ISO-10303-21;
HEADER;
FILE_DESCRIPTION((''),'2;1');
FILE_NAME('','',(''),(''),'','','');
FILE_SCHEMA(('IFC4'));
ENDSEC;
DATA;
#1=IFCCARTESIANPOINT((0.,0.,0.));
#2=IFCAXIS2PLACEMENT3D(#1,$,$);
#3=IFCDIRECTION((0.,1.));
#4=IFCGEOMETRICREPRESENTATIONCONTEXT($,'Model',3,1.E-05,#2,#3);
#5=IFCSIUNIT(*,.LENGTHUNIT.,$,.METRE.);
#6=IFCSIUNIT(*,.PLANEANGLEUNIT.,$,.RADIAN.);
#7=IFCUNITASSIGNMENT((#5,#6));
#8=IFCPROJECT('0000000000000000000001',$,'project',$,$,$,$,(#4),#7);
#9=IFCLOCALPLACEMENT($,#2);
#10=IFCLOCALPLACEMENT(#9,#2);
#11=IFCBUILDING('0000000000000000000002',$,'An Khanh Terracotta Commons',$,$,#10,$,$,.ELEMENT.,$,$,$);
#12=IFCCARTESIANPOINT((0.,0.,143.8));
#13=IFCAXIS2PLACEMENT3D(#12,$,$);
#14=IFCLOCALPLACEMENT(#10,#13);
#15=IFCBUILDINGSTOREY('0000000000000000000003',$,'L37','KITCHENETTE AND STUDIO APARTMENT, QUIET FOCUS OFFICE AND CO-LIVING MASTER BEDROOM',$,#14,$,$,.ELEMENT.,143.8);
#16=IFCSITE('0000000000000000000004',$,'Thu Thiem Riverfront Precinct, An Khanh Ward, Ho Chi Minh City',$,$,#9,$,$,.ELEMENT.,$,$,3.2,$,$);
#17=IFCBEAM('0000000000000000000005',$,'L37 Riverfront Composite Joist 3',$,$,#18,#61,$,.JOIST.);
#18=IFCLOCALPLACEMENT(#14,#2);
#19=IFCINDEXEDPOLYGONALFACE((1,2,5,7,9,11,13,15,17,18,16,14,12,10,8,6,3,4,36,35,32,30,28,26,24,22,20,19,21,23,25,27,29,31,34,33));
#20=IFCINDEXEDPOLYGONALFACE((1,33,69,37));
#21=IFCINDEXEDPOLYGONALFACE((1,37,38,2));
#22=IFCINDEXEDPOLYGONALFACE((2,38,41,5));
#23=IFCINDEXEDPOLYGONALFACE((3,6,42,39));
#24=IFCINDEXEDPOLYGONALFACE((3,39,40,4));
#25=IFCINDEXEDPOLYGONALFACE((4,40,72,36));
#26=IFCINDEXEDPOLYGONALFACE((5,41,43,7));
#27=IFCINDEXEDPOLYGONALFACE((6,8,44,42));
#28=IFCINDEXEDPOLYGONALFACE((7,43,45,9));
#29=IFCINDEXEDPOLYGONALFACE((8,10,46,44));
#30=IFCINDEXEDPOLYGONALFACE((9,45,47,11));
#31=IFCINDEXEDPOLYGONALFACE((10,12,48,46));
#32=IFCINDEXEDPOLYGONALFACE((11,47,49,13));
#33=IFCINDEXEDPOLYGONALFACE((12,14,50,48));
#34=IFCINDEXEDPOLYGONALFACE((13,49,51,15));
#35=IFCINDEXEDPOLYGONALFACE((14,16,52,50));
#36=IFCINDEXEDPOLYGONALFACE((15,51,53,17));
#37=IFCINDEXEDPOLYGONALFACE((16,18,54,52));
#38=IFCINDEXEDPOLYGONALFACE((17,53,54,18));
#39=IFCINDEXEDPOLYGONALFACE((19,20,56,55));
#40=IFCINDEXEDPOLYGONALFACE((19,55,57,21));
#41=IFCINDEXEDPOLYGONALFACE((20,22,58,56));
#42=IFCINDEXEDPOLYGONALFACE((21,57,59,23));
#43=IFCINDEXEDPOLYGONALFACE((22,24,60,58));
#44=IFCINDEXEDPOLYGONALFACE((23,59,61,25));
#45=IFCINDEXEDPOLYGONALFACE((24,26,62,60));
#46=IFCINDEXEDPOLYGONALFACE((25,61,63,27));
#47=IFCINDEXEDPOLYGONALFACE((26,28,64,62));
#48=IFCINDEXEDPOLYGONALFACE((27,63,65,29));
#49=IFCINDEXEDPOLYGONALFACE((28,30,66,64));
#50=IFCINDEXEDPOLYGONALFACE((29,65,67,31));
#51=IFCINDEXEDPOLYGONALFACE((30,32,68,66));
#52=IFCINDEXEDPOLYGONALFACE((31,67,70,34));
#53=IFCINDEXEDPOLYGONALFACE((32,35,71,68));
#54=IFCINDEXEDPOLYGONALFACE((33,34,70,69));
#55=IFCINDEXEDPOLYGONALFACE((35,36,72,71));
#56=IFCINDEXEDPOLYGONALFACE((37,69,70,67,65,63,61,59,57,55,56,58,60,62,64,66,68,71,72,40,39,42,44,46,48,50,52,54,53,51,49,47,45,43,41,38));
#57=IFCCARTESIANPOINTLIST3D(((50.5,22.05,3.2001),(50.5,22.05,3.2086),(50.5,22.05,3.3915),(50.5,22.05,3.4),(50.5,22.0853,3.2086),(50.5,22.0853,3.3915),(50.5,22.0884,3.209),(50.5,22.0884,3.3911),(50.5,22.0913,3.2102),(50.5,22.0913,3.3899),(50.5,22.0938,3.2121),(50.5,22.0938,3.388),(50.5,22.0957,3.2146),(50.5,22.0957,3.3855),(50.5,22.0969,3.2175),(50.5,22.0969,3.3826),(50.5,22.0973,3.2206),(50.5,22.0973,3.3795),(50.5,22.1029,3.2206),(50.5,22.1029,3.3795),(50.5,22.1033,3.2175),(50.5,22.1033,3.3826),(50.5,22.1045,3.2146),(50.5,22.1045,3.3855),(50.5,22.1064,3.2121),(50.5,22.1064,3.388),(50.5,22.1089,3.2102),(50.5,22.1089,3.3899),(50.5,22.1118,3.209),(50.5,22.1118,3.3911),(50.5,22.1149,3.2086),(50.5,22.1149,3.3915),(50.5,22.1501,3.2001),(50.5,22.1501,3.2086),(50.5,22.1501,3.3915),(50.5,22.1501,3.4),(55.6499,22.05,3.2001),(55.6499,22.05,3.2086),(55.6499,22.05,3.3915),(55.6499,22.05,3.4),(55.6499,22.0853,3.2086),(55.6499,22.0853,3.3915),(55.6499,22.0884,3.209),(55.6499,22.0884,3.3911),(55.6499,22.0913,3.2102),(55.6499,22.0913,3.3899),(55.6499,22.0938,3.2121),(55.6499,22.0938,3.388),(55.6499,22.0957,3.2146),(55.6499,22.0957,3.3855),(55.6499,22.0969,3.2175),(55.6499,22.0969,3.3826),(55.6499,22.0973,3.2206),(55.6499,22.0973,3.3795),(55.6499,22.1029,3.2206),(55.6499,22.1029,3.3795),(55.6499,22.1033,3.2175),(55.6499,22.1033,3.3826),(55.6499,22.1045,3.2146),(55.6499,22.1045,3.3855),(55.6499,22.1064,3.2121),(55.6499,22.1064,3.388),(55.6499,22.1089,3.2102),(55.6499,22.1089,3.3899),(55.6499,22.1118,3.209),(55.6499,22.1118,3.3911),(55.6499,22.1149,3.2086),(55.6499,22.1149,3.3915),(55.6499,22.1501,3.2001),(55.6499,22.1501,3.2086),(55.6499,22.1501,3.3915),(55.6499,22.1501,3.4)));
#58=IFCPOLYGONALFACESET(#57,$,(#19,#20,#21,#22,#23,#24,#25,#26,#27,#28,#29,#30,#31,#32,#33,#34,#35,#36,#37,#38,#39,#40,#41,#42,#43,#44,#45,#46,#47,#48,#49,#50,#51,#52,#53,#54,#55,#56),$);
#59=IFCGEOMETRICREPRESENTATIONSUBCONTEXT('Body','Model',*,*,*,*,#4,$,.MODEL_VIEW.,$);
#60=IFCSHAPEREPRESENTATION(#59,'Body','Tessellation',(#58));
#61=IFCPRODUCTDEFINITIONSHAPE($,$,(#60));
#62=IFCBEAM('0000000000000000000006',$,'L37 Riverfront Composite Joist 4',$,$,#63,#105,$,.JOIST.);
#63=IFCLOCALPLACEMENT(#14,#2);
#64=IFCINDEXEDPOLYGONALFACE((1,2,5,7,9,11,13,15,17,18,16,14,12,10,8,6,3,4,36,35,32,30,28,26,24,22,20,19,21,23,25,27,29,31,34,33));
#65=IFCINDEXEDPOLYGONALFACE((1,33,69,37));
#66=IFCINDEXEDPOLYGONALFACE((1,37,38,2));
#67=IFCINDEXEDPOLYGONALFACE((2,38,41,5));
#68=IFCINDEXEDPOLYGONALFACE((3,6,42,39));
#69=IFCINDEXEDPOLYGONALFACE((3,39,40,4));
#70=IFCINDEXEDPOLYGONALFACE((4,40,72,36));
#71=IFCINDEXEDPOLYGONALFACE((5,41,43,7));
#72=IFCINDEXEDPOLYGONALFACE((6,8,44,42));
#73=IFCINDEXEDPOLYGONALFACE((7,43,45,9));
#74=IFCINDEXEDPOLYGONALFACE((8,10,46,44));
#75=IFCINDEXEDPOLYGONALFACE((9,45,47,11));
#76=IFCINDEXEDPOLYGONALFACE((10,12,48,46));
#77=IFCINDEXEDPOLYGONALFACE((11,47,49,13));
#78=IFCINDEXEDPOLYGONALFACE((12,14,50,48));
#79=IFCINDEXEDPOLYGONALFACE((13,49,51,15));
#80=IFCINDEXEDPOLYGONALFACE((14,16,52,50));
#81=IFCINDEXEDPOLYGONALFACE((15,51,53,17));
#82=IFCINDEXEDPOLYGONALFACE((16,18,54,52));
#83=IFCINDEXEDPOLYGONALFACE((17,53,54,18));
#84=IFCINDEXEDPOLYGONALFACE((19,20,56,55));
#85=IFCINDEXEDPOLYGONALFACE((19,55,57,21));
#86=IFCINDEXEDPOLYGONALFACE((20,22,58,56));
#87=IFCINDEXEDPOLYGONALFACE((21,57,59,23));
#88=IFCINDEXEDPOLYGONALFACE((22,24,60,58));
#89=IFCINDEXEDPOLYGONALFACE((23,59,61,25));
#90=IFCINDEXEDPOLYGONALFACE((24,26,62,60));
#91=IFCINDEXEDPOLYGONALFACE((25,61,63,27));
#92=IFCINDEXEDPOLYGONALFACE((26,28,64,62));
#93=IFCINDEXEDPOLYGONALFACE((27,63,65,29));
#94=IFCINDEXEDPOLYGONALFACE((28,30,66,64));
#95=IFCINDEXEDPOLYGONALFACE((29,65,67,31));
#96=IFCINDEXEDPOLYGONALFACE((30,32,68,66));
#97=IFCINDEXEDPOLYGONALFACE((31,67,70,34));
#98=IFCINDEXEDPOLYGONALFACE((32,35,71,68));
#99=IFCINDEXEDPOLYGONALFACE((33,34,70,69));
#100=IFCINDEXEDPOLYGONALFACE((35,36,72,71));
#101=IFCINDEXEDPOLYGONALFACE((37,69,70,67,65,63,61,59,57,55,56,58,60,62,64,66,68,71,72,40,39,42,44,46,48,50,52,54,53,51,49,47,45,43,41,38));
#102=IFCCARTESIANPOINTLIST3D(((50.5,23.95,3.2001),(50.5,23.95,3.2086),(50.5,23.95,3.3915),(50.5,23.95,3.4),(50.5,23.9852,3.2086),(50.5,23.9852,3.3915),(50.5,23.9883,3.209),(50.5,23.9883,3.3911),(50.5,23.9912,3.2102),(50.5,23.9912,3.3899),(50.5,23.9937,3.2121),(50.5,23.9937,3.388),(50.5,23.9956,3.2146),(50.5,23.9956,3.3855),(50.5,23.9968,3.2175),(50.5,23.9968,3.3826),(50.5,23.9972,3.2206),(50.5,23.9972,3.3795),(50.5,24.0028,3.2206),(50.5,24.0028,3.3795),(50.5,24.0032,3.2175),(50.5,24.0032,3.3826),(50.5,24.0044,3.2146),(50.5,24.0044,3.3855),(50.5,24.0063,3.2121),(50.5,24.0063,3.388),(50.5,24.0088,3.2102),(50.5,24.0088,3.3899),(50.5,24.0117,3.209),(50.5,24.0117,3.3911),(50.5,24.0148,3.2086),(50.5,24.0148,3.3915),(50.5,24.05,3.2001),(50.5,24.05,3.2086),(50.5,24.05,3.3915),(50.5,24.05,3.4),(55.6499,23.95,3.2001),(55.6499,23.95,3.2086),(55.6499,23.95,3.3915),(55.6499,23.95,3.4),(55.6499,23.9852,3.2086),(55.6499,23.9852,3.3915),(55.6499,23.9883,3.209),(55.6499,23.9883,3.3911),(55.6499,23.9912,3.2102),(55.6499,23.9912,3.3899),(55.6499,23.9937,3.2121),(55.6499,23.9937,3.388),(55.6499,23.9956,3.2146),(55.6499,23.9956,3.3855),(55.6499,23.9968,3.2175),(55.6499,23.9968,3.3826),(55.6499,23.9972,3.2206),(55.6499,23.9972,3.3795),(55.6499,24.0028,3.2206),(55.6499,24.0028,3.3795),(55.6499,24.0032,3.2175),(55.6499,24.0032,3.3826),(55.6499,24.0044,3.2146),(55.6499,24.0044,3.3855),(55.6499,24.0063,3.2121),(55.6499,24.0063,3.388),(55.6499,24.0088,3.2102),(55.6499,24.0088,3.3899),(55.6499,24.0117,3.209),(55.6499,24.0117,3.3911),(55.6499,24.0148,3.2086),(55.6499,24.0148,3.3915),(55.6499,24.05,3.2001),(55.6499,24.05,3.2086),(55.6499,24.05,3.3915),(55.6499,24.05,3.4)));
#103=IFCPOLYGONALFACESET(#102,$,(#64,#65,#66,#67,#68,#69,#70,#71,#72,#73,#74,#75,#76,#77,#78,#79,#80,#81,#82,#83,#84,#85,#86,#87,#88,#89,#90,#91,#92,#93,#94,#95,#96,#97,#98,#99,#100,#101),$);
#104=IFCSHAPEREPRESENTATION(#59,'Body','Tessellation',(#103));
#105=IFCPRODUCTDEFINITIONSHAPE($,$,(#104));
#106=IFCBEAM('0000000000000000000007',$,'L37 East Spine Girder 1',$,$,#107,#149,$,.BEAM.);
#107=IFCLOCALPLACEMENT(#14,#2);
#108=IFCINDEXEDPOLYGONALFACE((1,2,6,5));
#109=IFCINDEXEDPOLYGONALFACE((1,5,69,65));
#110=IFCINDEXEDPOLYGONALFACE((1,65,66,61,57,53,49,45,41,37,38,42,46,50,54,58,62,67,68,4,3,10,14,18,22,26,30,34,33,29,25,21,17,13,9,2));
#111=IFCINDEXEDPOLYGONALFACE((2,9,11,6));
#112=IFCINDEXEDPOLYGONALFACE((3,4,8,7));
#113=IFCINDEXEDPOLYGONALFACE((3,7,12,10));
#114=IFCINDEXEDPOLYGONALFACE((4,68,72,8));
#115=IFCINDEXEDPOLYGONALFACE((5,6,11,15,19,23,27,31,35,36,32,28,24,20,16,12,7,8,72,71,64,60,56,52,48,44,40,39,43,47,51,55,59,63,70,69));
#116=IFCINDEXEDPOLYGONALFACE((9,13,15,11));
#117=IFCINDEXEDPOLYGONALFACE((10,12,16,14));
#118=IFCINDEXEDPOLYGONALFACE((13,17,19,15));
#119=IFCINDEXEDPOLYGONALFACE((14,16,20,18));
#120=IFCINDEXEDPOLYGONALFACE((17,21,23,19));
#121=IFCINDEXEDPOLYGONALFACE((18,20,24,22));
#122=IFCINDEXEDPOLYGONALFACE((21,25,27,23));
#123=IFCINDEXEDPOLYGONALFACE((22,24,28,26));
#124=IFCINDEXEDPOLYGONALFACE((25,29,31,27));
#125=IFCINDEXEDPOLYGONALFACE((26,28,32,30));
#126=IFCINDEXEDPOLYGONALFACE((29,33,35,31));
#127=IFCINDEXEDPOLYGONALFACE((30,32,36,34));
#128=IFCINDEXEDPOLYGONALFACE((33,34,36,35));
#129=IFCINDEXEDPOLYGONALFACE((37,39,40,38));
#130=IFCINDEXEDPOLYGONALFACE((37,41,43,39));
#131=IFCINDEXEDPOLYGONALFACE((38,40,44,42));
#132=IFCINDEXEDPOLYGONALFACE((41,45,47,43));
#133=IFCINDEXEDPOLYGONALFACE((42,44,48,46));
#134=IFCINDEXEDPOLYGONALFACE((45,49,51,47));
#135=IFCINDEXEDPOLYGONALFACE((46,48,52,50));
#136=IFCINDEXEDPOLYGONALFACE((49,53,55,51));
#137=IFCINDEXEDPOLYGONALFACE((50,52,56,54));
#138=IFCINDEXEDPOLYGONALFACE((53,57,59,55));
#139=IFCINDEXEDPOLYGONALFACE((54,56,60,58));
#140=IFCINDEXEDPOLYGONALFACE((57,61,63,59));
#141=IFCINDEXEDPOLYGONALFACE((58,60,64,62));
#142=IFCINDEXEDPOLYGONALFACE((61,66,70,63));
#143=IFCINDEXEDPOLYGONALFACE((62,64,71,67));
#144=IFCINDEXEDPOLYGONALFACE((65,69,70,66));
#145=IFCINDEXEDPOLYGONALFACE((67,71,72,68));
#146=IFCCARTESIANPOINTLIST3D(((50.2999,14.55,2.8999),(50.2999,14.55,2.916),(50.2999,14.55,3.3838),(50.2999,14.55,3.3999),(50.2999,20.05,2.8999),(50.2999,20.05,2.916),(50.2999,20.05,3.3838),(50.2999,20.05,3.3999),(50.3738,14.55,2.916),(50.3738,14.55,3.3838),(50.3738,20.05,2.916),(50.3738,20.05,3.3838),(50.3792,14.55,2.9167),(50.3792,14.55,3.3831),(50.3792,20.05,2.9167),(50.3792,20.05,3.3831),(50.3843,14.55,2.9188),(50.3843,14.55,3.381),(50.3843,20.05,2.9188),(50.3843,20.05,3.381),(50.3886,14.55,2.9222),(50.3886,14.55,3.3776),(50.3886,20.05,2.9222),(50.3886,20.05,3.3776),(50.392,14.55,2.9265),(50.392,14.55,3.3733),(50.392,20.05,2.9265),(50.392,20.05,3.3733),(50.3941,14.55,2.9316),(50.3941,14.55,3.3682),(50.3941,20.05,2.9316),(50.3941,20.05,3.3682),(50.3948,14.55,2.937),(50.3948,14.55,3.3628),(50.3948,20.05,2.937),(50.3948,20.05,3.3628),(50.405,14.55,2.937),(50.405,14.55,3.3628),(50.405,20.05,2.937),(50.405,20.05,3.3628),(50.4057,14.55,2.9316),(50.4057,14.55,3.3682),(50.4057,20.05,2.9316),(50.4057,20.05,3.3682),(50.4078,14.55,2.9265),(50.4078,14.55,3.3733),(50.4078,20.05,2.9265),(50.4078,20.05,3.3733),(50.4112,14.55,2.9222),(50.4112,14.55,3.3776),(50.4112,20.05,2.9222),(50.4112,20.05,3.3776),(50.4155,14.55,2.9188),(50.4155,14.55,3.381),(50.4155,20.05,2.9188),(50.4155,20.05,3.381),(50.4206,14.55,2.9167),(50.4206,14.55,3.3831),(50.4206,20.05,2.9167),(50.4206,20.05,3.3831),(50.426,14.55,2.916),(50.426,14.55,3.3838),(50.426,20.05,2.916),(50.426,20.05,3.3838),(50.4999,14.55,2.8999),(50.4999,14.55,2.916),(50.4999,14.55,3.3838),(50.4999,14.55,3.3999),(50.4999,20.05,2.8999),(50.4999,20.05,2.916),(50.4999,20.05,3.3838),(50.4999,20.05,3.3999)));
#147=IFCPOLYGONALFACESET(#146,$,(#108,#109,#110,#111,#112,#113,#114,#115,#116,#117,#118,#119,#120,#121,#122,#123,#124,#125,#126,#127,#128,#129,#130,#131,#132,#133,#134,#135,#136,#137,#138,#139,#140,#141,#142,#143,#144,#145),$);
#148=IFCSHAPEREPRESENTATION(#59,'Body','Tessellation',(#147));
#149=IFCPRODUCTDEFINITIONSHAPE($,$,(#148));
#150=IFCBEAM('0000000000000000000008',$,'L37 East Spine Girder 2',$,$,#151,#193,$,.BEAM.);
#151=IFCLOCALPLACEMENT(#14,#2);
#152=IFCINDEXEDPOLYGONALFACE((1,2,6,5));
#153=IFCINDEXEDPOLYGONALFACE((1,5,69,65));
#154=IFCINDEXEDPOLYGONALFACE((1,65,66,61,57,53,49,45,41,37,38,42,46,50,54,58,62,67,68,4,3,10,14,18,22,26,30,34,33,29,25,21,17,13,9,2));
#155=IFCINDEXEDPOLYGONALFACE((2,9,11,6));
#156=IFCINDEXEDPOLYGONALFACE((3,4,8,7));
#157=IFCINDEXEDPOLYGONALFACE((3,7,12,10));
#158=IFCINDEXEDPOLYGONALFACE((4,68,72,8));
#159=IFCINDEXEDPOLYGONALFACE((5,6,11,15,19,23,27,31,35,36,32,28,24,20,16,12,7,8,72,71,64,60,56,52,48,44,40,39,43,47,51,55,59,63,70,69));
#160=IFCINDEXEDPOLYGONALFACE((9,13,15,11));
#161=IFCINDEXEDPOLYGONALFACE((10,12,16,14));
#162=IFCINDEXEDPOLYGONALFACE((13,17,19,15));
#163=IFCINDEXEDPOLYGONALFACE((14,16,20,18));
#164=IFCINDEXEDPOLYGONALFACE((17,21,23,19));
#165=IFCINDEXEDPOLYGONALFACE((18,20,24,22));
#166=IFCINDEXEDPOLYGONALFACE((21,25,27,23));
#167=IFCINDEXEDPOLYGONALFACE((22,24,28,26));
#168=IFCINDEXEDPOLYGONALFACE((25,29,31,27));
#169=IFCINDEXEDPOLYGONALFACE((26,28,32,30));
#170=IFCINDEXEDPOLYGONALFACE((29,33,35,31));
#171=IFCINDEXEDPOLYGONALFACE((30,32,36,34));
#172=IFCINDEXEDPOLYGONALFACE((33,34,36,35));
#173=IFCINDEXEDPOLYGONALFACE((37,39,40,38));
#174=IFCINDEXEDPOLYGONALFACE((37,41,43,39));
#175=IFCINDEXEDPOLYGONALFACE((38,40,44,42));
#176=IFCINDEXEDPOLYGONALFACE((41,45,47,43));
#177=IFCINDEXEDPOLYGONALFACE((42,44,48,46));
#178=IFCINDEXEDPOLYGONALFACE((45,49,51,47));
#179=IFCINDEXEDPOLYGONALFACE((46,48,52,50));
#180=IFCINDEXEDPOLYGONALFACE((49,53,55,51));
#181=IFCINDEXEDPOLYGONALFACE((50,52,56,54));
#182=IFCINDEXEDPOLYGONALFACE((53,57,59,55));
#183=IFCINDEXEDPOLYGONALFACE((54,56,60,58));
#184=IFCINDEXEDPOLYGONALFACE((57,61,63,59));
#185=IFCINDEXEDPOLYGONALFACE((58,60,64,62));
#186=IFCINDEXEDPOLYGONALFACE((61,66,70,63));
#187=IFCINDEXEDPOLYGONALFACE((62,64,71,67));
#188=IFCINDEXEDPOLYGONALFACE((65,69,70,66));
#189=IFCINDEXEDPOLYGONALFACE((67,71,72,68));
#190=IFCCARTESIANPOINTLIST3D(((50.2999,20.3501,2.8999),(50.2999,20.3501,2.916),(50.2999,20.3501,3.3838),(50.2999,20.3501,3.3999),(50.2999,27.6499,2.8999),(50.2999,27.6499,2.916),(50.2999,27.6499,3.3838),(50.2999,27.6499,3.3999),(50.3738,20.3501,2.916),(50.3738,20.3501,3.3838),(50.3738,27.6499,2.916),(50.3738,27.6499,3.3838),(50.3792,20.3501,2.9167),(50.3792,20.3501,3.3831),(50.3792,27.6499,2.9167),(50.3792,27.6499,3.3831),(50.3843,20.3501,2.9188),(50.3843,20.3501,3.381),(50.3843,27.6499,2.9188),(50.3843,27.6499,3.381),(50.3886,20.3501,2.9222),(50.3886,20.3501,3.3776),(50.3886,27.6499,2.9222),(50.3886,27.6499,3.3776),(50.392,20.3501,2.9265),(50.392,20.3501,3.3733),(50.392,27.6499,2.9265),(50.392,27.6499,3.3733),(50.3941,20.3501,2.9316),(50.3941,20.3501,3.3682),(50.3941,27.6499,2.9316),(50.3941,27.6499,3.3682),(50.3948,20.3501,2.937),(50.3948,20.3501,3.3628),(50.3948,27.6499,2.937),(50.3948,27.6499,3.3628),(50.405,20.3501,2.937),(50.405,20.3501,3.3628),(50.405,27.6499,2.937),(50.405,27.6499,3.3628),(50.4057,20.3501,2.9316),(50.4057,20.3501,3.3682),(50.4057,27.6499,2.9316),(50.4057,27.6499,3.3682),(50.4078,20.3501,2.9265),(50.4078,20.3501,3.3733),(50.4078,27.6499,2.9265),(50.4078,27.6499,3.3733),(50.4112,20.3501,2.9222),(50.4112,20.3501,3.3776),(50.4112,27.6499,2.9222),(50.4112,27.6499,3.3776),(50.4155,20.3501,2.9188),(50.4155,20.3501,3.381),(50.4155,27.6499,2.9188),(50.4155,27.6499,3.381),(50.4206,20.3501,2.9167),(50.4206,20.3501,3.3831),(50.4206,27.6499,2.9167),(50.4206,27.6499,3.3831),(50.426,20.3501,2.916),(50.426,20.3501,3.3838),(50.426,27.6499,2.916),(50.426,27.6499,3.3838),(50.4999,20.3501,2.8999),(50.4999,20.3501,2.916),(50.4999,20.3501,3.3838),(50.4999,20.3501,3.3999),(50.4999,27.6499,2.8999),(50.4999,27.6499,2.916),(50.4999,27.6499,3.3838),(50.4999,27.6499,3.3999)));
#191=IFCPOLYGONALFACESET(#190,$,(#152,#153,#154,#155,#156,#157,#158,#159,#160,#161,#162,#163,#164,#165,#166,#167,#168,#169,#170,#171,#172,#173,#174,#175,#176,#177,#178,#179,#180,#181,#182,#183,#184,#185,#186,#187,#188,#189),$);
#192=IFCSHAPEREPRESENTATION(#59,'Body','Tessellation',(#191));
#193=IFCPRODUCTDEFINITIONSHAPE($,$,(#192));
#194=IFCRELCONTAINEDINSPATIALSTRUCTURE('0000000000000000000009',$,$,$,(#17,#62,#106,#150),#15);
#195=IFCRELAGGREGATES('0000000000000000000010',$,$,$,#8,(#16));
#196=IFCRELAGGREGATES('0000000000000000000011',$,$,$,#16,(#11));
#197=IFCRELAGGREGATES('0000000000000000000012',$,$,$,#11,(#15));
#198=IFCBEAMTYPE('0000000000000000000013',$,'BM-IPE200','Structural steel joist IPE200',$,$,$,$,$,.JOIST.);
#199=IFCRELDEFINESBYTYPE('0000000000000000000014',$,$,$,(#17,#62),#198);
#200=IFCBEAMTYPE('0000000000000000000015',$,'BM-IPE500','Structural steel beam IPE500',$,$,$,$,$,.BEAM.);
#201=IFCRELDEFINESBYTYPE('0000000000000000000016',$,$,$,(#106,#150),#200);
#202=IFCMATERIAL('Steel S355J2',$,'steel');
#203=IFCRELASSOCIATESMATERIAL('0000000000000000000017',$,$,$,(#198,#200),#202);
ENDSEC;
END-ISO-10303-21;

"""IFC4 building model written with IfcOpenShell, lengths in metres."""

from ifc_helpers import new_model, si_unit, direction, frame, origin, origin_2d, place, context, subcontext, project, spatial, i_section, extrude, material, material_profile, profile_set, type_object, element, save


model = new_model("IFC4")

# Units and contexts
model_context = context("Model", 3, precision=1e-05, world=origin(), true_north=direction((0.0, 1.0)))
body_context = subcontext(model_context, "Body", "Model", "MODEL_VIEW")
ifc_project = project(units=[si_unit("LENGTHUNIT", "METRE"), si_unit("PLANEANGLEUNIT", "RADIAN")], contexts=[model_context])

# Site, building, storey
site_placement = place(None, origin())
site = spatial("IfcSite", under=ifc_project, at=site_placement, Name="Thu Thiem Riverfront Precinct, An Khanh Ward, Ho Chi Minh City", CompositionType="ELEMENT", RefElevation=3.2)
building_placement = place(site_placement, origin())
building = spatial("IfcBuilding", under=site, at=building_placement, Name="An Khanh Terracotta Commons", CompositionType="ELEMENT")
storey_placement = place(building_placement, frame((0.0, 0.0, 143.8)))
storey = spatial("IfcBuildingStorey", under=building, at=storey_placement, Name="L37", Description="KITCHENETTE AND STUDIO APARTMENT, QUIET FOCUS OFFICE AND CO-LIVING MASTER BEDROOM", CompositionType="ELEMENT", Elevation=143.8)

# Beams
ifc_material_1 = material(Name="Steel S355J2", Category="steel")
ifc_material_profile_1 = material_profile(ifc_material_1, i_section(OverallWidth=0.1001, OverallDepth=0.2, WebThickness=0.0056, FlangeThickness=0.0085, FilletRadius=0.012, at=origin_2d()), Name="IPE200")
ifc_profile_set_1 = profile_set([ifc_material_profile_1], Name="Steel S355J2")
beam_type_1 = type_object("IfcBeamType", Name="BM-IPE200", Description="Structural steel joist IPE200", PredefinedType="JOIST", material=ifc_profile_set_1)
for number, where, z_axis, x_axis, name in (
    (1, (50.5, 22.1001, 3.3), (1.0, 0.0, 0.0), (0.0, 1.0, 0.0), "L37 Riverfront Composite Joist 3"),
    (2, (50.5, 24.0, 3.3), (1.0, 0.0, 0.0), (0.0, 1.0, 0.0), "L37 Riverfront Composite Joist 4"),
):
    element("IfcBeam", number, at=place(storey_placement, frame(where, z_axis=z_axis, x_axis=x_axis)), inside=storey, type_object=beam_type_1, Name=name, PredefinedType="JOIST", context=body_context, shape_type="SweptSolid", body=[
        extrude(i_section(OverallWidth=0.1001, OverallDepth=0.2, WebThickness=0.0056, FlangeThickness=0.0085, FilletRadius=0.012, at=origin_2d()), origin(), (0.0, 0.0, 1.0), 5.1499),
    ])
ifc_material_profile_2 = material_profile(ifc_material_1, i_section(OverallWidth=0.2, OverallDepth=0.5, WebThickness=0.0103, FlangeThickness=0.0161, FilletRadius=0.021, at=origin_2d()), Name="IPE500")
ifc_profile_set_2 = profile_set([ifc_material_profile_2], Name="Steel S355J2")
beam_type_2 = type_object("IfcBeamType", Name="BM-IPE500", Description="Structural steel beam IPE500", PredefinedType="BEAM", material=ifc_profile_set_2)
beam_1_placement = place(storey_placement, frame((50.3999, 14.55, 3.1499), z_axis=(0.0, 1.0, 0.0), x_axis=(-1.0, 0.0, 0.0)))
element("IfcBeam", 3, at=beam_1_placement, inside=storey, type_object=beam_type_2, Name="L37 East Spine Girder 1", PredefinedType="BEAM", context=body_context, shape_type="SweptSolid", body=[
    extrude(i_section(OverallWidth=0.2, OverallDepth=0.5, WebThickness=0.0103, FlangeThickness=0.0161, FilletRadius=0.021, at=origin_2d()), origin(), (0.0, 0.0, 1.0), 5.5),
])
beam_2_placement = place(storey_placement, frame((50.3999, 20.3501, 3.1499), z_axis=(0.0, 1.0, 0.0), x_axis=(-1.0, 0.0, 0.0)))
element("IfcBeam", 4, at=beam_2_placement, inside=storey, type_object=beam_type_2, Name="L37 East Spine Girder 2", PredefinedType="BEAM", context=body_context, shape_type="SweptSolid", body=[
    extrude(i_section(OverallWidth=0.2, OverallDepth=0.5, WebThickness=0.0103, FlangeThickness=0.0161, FilletRadius=0.021, at=origin_2d()), origin(), (0.0, 0.0, 1.0), 7.2998),
])

save(model, "model.ifc")
